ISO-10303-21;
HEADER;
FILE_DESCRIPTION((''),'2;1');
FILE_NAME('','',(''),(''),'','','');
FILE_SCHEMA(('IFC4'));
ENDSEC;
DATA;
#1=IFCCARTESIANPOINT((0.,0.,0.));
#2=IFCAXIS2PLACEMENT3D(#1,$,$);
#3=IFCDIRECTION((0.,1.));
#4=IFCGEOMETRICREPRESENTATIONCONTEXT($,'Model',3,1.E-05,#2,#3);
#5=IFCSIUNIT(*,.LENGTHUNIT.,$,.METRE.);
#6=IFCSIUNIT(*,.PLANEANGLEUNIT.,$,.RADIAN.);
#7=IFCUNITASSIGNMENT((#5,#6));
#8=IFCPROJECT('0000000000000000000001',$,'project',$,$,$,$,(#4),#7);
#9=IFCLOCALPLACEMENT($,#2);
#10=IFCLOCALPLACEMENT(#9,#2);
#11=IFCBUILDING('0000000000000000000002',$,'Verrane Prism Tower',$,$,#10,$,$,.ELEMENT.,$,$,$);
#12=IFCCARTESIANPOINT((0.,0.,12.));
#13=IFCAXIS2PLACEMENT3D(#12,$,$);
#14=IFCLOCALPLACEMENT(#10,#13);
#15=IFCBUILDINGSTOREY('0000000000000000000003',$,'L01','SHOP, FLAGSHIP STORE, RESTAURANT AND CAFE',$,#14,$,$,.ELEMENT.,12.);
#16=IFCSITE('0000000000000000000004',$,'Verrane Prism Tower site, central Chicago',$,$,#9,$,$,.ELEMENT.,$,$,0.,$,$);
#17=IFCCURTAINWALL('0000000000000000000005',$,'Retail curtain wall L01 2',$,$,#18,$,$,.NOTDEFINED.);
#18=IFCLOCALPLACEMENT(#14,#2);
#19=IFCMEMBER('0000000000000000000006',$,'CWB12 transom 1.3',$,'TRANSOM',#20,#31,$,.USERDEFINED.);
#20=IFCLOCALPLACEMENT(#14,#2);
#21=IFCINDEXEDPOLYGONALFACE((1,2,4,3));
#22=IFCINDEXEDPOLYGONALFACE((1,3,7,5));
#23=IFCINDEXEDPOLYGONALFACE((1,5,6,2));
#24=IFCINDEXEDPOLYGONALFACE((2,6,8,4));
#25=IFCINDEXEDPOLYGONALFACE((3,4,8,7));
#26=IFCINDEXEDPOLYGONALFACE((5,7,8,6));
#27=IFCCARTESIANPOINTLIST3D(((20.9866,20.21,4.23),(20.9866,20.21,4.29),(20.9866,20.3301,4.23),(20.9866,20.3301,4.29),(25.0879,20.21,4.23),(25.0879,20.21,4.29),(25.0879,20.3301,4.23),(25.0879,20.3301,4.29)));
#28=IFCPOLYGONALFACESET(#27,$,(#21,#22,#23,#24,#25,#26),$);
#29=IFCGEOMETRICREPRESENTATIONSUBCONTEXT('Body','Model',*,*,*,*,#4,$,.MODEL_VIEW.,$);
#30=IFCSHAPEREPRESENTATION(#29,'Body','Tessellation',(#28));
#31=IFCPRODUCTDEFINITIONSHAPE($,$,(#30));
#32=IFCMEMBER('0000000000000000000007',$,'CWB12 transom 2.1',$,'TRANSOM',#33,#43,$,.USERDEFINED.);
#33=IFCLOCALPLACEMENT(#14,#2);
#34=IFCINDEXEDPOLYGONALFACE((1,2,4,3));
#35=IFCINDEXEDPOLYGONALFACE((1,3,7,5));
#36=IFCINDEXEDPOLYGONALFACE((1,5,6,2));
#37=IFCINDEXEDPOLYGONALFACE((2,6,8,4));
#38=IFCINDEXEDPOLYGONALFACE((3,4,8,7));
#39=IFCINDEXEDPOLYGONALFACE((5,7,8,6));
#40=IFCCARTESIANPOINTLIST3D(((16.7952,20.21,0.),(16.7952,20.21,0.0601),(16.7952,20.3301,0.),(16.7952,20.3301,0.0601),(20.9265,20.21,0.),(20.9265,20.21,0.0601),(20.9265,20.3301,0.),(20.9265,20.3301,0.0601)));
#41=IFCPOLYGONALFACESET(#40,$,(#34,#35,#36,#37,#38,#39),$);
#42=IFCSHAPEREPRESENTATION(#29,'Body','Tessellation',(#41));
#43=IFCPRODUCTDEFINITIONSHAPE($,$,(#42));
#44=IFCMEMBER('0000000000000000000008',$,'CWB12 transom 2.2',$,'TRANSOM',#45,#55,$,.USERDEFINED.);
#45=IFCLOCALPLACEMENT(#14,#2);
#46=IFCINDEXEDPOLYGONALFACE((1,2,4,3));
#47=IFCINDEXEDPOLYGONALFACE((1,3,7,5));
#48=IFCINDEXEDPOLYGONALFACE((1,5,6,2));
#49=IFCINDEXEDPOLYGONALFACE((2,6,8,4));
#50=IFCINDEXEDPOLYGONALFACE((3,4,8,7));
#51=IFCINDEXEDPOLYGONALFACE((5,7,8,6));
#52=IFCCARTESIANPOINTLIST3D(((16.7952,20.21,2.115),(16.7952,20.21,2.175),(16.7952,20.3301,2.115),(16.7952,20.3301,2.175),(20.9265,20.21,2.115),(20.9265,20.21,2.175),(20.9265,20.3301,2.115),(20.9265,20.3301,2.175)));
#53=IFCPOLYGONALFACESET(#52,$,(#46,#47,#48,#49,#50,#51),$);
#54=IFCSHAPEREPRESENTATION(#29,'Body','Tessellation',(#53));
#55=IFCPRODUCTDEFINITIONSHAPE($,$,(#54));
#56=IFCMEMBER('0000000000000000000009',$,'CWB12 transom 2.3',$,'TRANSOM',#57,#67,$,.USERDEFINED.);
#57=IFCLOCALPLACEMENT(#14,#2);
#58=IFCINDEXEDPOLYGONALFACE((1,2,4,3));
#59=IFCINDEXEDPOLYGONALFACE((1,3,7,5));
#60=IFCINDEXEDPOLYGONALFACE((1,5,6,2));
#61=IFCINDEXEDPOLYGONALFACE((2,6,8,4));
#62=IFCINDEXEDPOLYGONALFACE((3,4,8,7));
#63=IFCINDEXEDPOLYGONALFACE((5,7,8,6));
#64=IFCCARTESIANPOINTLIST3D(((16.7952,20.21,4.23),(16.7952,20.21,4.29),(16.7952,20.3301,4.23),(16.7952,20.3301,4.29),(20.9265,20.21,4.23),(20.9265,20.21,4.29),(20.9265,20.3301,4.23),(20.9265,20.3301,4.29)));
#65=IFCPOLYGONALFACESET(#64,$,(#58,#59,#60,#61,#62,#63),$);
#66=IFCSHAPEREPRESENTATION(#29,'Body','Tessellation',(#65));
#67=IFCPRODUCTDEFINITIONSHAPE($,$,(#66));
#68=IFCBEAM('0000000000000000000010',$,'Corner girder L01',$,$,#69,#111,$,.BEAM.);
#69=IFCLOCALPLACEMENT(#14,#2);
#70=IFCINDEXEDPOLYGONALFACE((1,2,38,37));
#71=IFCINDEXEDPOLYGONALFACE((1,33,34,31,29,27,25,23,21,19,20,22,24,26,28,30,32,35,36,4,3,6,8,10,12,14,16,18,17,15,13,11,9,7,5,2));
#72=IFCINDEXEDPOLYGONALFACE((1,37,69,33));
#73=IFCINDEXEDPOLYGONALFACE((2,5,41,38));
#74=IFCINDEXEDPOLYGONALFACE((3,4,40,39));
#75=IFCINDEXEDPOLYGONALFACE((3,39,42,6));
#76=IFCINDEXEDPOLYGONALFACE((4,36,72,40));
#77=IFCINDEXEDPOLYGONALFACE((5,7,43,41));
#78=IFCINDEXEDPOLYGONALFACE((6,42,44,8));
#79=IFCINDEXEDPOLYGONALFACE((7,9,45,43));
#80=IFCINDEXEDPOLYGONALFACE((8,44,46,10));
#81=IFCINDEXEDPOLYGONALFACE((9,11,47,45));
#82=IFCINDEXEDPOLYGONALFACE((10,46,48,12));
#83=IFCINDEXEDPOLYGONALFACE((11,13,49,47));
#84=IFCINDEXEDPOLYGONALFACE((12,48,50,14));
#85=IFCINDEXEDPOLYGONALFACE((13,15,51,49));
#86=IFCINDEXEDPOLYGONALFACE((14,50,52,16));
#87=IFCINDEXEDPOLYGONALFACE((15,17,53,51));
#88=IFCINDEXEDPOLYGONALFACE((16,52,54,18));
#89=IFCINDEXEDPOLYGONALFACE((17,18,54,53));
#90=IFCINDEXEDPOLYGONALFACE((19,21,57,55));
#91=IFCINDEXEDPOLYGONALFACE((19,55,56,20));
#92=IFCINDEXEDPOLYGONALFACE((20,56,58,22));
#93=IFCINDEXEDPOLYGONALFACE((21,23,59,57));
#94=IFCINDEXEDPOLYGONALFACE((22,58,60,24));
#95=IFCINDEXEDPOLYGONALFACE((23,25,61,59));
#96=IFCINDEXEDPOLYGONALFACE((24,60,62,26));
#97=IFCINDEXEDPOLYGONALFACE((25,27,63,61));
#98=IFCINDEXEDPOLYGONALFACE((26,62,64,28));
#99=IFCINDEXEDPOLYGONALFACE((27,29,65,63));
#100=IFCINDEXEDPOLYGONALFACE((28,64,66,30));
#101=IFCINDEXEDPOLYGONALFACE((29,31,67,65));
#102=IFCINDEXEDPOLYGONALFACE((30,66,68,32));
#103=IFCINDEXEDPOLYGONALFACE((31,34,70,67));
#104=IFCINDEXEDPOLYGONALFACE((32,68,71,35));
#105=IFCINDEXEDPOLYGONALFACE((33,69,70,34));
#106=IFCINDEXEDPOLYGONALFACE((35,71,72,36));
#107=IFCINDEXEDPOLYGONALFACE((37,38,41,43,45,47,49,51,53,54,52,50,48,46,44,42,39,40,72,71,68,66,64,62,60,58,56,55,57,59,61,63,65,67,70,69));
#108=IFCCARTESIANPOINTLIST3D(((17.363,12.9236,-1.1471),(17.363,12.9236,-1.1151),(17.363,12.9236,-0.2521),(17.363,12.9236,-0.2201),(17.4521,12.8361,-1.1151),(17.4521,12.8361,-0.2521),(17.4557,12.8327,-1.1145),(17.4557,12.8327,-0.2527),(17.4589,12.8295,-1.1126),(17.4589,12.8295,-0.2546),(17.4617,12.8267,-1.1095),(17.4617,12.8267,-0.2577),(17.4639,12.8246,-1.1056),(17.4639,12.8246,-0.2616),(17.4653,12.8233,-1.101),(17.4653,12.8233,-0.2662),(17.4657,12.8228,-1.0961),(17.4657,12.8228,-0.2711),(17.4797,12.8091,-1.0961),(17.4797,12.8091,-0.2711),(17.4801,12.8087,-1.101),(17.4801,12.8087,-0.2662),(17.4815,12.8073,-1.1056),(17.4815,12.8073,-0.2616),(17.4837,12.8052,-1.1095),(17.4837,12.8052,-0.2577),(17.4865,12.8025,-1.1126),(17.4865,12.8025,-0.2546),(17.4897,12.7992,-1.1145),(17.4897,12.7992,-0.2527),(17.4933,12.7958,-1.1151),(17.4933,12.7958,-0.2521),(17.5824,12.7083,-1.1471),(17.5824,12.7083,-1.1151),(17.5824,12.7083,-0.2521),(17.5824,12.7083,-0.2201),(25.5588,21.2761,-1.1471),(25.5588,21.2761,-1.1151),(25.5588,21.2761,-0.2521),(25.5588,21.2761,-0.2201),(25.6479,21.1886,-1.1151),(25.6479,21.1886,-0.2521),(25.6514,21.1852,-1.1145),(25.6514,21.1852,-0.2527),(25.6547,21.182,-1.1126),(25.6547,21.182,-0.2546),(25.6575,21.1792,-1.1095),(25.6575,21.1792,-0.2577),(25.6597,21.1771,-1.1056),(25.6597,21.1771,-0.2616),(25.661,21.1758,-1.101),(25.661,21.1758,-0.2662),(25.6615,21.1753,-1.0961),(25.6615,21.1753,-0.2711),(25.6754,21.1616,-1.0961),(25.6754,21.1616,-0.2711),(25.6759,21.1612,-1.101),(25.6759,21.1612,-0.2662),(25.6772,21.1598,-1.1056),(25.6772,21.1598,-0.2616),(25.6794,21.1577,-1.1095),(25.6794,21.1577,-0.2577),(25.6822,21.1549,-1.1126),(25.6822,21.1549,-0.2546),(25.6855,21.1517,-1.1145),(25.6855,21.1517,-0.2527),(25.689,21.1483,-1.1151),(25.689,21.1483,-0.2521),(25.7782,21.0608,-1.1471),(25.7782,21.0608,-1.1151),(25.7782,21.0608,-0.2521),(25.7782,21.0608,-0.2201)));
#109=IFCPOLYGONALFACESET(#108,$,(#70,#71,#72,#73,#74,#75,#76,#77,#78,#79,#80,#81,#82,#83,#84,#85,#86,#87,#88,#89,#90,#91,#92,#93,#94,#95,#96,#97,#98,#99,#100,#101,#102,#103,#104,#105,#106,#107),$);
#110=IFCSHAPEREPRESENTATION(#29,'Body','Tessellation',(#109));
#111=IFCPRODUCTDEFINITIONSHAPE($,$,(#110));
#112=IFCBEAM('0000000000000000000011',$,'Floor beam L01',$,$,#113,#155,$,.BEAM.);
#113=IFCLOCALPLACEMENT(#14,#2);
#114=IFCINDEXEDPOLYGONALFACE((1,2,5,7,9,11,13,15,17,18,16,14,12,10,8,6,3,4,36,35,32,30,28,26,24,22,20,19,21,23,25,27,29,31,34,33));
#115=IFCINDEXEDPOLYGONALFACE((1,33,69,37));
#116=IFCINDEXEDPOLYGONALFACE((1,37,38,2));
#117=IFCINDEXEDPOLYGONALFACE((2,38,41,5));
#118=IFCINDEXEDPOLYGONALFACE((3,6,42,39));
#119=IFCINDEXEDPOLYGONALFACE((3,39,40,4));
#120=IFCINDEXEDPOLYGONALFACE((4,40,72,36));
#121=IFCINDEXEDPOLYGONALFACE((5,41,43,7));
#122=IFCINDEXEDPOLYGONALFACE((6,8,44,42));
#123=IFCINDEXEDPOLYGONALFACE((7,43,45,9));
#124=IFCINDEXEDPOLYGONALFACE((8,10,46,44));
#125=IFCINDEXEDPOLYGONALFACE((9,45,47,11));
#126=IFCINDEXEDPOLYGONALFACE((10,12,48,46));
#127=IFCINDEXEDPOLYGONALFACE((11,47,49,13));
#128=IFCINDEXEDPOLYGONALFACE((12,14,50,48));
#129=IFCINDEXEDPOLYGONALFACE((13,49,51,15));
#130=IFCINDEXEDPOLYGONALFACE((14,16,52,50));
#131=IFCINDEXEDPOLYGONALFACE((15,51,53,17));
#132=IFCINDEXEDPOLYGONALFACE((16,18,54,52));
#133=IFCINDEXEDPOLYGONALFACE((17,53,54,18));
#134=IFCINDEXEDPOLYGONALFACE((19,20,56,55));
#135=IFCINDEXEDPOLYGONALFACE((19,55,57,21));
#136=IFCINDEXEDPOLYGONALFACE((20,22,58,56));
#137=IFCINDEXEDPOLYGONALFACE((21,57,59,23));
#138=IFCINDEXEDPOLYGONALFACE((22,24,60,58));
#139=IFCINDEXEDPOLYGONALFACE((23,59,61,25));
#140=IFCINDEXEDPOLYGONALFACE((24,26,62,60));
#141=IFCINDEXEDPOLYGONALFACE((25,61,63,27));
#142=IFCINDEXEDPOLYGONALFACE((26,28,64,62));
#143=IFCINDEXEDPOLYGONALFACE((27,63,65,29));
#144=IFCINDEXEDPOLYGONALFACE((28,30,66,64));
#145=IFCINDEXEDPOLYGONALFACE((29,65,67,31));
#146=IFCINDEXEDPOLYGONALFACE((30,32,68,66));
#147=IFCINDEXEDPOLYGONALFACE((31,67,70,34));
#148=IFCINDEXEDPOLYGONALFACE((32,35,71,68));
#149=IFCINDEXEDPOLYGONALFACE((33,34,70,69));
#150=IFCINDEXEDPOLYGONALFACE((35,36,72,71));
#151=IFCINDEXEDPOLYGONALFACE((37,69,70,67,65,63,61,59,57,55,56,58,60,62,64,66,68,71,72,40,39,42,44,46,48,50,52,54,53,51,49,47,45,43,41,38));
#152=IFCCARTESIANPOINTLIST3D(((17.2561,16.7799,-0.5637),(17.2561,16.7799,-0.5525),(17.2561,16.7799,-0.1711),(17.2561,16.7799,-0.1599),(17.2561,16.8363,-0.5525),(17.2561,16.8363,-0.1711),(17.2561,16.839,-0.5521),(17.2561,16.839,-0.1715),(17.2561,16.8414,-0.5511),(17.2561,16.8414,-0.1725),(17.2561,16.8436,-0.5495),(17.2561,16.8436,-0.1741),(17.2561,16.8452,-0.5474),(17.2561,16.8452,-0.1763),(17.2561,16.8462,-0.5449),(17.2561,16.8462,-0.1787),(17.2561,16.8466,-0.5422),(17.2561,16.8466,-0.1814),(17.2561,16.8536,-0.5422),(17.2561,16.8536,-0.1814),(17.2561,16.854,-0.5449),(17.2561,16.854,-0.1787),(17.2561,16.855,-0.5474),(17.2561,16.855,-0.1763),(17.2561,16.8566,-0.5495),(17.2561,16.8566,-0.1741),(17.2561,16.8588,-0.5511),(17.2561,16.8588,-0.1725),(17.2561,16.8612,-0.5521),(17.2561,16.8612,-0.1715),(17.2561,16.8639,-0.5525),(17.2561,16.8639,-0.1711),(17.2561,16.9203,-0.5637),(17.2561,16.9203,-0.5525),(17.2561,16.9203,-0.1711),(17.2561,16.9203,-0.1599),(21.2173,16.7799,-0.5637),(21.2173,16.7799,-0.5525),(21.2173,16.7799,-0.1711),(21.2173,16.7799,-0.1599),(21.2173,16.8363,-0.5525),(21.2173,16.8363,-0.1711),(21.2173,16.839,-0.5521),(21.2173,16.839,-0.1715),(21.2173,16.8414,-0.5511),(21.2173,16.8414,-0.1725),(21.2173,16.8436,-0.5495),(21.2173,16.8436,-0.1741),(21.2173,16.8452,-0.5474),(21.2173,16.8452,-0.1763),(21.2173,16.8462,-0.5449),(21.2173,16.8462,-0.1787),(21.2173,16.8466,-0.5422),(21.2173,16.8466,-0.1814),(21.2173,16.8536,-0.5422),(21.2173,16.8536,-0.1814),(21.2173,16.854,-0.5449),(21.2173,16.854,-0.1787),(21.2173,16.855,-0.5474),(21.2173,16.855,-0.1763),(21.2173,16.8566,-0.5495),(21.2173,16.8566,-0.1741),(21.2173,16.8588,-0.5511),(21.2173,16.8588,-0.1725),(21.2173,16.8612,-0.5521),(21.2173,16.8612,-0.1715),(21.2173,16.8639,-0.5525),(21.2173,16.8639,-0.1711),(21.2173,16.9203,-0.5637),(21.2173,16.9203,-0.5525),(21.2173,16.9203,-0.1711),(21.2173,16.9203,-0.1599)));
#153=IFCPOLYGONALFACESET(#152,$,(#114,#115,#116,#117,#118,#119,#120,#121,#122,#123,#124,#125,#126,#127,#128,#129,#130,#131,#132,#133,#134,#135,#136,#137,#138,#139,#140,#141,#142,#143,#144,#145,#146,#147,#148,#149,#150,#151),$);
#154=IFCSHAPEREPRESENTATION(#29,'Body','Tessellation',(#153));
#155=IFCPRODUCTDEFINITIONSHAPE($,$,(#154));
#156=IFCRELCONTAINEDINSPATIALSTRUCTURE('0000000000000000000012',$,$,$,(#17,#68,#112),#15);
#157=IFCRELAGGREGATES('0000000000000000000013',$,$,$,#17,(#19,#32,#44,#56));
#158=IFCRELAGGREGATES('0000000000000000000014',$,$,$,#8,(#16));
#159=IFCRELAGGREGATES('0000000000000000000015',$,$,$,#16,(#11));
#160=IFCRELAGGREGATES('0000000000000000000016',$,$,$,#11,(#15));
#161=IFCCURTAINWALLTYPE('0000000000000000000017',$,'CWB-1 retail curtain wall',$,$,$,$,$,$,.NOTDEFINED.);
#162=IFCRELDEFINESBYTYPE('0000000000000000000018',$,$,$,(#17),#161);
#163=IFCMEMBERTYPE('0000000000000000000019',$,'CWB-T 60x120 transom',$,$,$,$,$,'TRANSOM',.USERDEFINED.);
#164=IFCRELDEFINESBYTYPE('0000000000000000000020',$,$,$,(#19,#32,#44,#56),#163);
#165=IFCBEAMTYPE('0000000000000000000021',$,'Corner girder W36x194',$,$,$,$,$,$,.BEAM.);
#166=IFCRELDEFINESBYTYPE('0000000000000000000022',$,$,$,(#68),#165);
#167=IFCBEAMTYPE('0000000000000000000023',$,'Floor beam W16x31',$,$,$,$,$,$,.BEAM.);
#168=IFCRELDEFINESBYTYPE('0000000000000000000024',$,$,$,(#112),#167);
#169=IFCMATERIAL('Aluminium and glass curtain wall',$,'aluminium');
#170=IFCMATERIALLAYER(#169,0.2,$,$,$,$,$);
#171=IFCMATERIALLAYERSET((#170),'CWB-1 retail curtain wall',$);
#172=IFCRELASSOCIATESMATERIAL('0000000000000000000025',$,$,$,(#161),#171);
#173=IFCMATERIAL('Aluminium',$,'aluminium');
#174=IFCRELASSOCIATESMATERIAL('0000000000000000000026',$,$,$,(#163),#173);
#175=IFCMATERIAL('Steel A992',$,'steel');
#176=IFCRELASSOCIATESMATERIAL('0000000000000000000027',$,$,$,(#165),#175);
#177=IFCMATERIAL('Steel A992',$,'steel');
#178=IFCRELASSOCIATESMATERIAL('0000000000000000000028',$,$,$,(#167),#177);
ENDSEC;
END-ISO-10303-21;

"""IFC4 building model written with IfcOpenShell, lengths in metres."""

from ifc_helpers import new_model, si_unit, direction, frame, origin, origin_2d, place, context, subcontext, project, spatial, rectangle, i_section, extrude, material, layer, layer_set, material_profile, profile_set, type_object, element, aggregate, save


model = new_model("IFC4")

# Units and contexts
model_context = context("Model", 3, precision=1e-05, world=origin(), true_north=direction((0.0, 1.0)))
body_context = subcontext(model_context, "Body", "Model", "MODEL_VIEW")
ifc_project = project(units=[si_unit("LENGTHUNIT", "METRE"), si_unit("PLANEANGLEUNIT", "RADIAN")], contexts=[model_context])

# Site, building, storey
site_placement = place(None, origin())
site = spatial("IfcSite", under=ifc_project, at=site_placement, Name="Verrane Prism Tower site, central Chicago", CompositionType="ELEMENT", RefElevation=0.0)
building_placement = place(site_placement, origin())
building = spatial("IfcBuilding", under=site, at=building_placement, Name="Verrane Prism Tower", CompositionType="ELEMENT")
storey_placement = place(building_placement, frame((0.0, 0.0, 12.0)))
storey = spatial("IfcBuildingStorey", under=building, at=storey_placement, Name="L01", Description="SHOP, FLAGSHIP STORE, RESTAURANT AND CAFE", CompositionType="ELEMENT", Elevation=12.0)

# Curtain wall
ifc_material_1 = material(Name="Aluminium and glass curtain wall", Category="aluminium")
ifc_layer_1 = layer(ifc_material_1, 0.2)
ifc_layer_set_1 = layer_set([ifc_layer_1], Name="CWB-1 retail curtain wall")
curtain_wall_type = type_object("IfcCurtainWallType", Name="CWB-1 retail curtain wall", PredefinedType="NOTDEFINED", material=ifc_layer_set_1)
curtain_wall_1_placement = place(storey_placement, origin())
curtain_wall_1 = element("IfcCurtainWall", 1, at=curtain_wall_1_placement, inside=storey, type_object=curtain_wall_type, Name="Retail curtain wall L01 2", PredefinedType="NOTDEFINED")

# Members
ifc_material_2 = material(Name="Aluminium", Category="aluminium")
ifc_material_profile_1 = material_profile(ifc_material_2, rectangle(XDim=0.1201, YDim=0.0601, at=origin_2d()), Name="CWB-T 60x120 transom")
ifc_profile_set_1 = profile_set([ifc_material_profile_1], Name="Aluminium")
member_type_1 = type_object("IfcMemberType", Name="CWB-T 60x120 transom", ElementType="TRANSOM", PredefinedType="USERDEFINED", material=ifc_profile_set_1)
member_1_placement = place(storey_placement, frame((25.0879, 20.27, 4.26), z_axis=(-1.0, 0.0, 0.0), x_axis=(0.0, -1.0, 0.0)))
member_1 = element("IfcMember", 2, at=member_1_placement, type_object=member_type_1, Name="CWB12 transom 1.3", ObjectType="TRANSOM", PredefinedType="USERDEFINED", context=body_context, shape_type="SweptSolid", body=[
    extrude(rectangle(XDim=0.1201, YDim=0.0601, at=origin_2d()), origin(), (0.0, 0.0, 1.0), 4.1013),
])
member_2_placement = place(storey_placement, frame((20.9265, 20.27, 0.03), z_axis=(-1.0, 0.0, 0.0), x_axis=(0.0, -1.0, 0.0)))
member_2 = element("IfcMember", 3, at=member_2_placement, type_object=member_type_1, Name="CWB12 transom 2.1", ObjectType="TRANSOM", PredefinedType="USERDEFINED", context=body_context, shape_type="SweptSolid", body=[
    extrude(rectangle(XDim=0.1201, YDim=0.0601, at=origin_2d()), origin(), (0.0, 0.0, 1.0), 4.1313),
])
member_3_placement = place(storey_placement, frame((20.9265, 20.27, 2.145), z_axis=(-1.0, 0.0, 0.0), x_axis=(0.0, -1.0, 0.0)))
member_3 = element("IfcMember", 4, at=member_3_placement, type_object=member_type_1, Name="CWB12 transom 2.2", ObjectType="TRANSOM", PredefinedType="USERDEFINED", context=body_context, shape_type="SweptSolid", body=[
    extrude(rectangle(XDim=0.1201, YDim=0.0601, at=origin_2d()), origin(), (0.0, 0.0, 1.0), 4.1313),
])
member_4_placement = place(storey_placement, frame((20.9265, 20.27, 4.26), z_axis=(-1.0, 0.0, 0.0), x_axis=(0.0, -1.0, 0.0)))
member_4 = element("IfcMember", 5, at=member_4_placement, type_object=member_type_1, Name="CWB12 transom 2.3", ObjectType="TRANSOM", PredefinedType="USERDEFINED", context=body_context, shape_type="SweptSolid", body=[
    extrude(rectangle(XDim=0.1201, YDim=0.0601, at=origin_2d()), origin(), (0.0, 0.0, 1.0), 4.1313),
])

# Beams
ifc_material_3 = material(Name="Steel A992", Category="steel")
ifc_material_profile_2 = material_profile(ifc_material_3, i_section(OverallWidth=0.3074, OverallDepth=0.927, WebThickness=0.0195, FlangeThickness=0.032, FilletRadius=0.019, at=origin_2d()), Name="W36x194")
ifc_profile_set_2 = profile_set([ifc_material_profile_2], Name="Steel A992")
beam_type_1 = type_object("IfcBeamType", Name="Corner girder W36x194", PredefinedType="BEAM", material=ifc_profile_set_2)
beam_1_placement = place(storey_placement, frame((25.6685, 21.1685, -0.6836), z_axis=(-0.700378, -0.713772, 0.0), x_axis=(0.713772, -0.700378, 0.0)))
element("IfcBeam", 6, at=beam_1_placement, inside=storey, type_object=beam_type_1, Name="Corner girder L01", PredefinedType="BEAM", context=body_context, shape_type="SweptSolid", body=[
    extrude(i_section(OverallWidth=0.3074, OverallDepth=0.927, WebThickness=0.0195, FlangeThickness=0.032, FilletRadius=0.019, at=origin_2d()), origin(), (0.0, 0.0, 1.0), 11.7019),
])
ifc_material_4 = material(Name="Steel A992", Category="steel")
ifc_material_profile_3 = material_profile(ifc_material_4, i_section(OverallWidth=0.1404, OverallDepth=0.4038, WebThickness=0.0071, FlangeThickness=0.0112, FilletRadius=0.0103, at=origin_2d()), Name="W16x31")
ifc_profile_set_3 = profile_set([ifc_material_profile_3], Name="Steel A992")
beam_type_2 = type_object("IfcBeamType", Name="Floor beam W16x31", PredefinedType="BEAM", material=ifc_profile_set_3)
beam_2_placement = place(storey_placement, frame((17.2561, 16.8501, -0.3618), z_axis=(1.0, 0.0, 0.0), x_axis=(0.0, 1.0, 0.0)))
element("IfcBeam", 7, at=beam_2_placement, inside=storey, type_object=beam_type_2, Name="Floor beam L01", PredefinedType="BEAM", context=body_context, shape_type="SweptSolid", body=[
    extrude(i_section(OverallWidth=0.1404, OverallDepth=0.4038, WebThickness=0.0071, FlangeThickness=0.0112, FilletRadius=0.0103, at=origin_2d()), origin(), (0.0, 0.0, 1.0), 3.9612),
])

aggregate(curtain_wall_1, [member_1, member_2, member_3, member_4])

save(model, "model.ifc")
